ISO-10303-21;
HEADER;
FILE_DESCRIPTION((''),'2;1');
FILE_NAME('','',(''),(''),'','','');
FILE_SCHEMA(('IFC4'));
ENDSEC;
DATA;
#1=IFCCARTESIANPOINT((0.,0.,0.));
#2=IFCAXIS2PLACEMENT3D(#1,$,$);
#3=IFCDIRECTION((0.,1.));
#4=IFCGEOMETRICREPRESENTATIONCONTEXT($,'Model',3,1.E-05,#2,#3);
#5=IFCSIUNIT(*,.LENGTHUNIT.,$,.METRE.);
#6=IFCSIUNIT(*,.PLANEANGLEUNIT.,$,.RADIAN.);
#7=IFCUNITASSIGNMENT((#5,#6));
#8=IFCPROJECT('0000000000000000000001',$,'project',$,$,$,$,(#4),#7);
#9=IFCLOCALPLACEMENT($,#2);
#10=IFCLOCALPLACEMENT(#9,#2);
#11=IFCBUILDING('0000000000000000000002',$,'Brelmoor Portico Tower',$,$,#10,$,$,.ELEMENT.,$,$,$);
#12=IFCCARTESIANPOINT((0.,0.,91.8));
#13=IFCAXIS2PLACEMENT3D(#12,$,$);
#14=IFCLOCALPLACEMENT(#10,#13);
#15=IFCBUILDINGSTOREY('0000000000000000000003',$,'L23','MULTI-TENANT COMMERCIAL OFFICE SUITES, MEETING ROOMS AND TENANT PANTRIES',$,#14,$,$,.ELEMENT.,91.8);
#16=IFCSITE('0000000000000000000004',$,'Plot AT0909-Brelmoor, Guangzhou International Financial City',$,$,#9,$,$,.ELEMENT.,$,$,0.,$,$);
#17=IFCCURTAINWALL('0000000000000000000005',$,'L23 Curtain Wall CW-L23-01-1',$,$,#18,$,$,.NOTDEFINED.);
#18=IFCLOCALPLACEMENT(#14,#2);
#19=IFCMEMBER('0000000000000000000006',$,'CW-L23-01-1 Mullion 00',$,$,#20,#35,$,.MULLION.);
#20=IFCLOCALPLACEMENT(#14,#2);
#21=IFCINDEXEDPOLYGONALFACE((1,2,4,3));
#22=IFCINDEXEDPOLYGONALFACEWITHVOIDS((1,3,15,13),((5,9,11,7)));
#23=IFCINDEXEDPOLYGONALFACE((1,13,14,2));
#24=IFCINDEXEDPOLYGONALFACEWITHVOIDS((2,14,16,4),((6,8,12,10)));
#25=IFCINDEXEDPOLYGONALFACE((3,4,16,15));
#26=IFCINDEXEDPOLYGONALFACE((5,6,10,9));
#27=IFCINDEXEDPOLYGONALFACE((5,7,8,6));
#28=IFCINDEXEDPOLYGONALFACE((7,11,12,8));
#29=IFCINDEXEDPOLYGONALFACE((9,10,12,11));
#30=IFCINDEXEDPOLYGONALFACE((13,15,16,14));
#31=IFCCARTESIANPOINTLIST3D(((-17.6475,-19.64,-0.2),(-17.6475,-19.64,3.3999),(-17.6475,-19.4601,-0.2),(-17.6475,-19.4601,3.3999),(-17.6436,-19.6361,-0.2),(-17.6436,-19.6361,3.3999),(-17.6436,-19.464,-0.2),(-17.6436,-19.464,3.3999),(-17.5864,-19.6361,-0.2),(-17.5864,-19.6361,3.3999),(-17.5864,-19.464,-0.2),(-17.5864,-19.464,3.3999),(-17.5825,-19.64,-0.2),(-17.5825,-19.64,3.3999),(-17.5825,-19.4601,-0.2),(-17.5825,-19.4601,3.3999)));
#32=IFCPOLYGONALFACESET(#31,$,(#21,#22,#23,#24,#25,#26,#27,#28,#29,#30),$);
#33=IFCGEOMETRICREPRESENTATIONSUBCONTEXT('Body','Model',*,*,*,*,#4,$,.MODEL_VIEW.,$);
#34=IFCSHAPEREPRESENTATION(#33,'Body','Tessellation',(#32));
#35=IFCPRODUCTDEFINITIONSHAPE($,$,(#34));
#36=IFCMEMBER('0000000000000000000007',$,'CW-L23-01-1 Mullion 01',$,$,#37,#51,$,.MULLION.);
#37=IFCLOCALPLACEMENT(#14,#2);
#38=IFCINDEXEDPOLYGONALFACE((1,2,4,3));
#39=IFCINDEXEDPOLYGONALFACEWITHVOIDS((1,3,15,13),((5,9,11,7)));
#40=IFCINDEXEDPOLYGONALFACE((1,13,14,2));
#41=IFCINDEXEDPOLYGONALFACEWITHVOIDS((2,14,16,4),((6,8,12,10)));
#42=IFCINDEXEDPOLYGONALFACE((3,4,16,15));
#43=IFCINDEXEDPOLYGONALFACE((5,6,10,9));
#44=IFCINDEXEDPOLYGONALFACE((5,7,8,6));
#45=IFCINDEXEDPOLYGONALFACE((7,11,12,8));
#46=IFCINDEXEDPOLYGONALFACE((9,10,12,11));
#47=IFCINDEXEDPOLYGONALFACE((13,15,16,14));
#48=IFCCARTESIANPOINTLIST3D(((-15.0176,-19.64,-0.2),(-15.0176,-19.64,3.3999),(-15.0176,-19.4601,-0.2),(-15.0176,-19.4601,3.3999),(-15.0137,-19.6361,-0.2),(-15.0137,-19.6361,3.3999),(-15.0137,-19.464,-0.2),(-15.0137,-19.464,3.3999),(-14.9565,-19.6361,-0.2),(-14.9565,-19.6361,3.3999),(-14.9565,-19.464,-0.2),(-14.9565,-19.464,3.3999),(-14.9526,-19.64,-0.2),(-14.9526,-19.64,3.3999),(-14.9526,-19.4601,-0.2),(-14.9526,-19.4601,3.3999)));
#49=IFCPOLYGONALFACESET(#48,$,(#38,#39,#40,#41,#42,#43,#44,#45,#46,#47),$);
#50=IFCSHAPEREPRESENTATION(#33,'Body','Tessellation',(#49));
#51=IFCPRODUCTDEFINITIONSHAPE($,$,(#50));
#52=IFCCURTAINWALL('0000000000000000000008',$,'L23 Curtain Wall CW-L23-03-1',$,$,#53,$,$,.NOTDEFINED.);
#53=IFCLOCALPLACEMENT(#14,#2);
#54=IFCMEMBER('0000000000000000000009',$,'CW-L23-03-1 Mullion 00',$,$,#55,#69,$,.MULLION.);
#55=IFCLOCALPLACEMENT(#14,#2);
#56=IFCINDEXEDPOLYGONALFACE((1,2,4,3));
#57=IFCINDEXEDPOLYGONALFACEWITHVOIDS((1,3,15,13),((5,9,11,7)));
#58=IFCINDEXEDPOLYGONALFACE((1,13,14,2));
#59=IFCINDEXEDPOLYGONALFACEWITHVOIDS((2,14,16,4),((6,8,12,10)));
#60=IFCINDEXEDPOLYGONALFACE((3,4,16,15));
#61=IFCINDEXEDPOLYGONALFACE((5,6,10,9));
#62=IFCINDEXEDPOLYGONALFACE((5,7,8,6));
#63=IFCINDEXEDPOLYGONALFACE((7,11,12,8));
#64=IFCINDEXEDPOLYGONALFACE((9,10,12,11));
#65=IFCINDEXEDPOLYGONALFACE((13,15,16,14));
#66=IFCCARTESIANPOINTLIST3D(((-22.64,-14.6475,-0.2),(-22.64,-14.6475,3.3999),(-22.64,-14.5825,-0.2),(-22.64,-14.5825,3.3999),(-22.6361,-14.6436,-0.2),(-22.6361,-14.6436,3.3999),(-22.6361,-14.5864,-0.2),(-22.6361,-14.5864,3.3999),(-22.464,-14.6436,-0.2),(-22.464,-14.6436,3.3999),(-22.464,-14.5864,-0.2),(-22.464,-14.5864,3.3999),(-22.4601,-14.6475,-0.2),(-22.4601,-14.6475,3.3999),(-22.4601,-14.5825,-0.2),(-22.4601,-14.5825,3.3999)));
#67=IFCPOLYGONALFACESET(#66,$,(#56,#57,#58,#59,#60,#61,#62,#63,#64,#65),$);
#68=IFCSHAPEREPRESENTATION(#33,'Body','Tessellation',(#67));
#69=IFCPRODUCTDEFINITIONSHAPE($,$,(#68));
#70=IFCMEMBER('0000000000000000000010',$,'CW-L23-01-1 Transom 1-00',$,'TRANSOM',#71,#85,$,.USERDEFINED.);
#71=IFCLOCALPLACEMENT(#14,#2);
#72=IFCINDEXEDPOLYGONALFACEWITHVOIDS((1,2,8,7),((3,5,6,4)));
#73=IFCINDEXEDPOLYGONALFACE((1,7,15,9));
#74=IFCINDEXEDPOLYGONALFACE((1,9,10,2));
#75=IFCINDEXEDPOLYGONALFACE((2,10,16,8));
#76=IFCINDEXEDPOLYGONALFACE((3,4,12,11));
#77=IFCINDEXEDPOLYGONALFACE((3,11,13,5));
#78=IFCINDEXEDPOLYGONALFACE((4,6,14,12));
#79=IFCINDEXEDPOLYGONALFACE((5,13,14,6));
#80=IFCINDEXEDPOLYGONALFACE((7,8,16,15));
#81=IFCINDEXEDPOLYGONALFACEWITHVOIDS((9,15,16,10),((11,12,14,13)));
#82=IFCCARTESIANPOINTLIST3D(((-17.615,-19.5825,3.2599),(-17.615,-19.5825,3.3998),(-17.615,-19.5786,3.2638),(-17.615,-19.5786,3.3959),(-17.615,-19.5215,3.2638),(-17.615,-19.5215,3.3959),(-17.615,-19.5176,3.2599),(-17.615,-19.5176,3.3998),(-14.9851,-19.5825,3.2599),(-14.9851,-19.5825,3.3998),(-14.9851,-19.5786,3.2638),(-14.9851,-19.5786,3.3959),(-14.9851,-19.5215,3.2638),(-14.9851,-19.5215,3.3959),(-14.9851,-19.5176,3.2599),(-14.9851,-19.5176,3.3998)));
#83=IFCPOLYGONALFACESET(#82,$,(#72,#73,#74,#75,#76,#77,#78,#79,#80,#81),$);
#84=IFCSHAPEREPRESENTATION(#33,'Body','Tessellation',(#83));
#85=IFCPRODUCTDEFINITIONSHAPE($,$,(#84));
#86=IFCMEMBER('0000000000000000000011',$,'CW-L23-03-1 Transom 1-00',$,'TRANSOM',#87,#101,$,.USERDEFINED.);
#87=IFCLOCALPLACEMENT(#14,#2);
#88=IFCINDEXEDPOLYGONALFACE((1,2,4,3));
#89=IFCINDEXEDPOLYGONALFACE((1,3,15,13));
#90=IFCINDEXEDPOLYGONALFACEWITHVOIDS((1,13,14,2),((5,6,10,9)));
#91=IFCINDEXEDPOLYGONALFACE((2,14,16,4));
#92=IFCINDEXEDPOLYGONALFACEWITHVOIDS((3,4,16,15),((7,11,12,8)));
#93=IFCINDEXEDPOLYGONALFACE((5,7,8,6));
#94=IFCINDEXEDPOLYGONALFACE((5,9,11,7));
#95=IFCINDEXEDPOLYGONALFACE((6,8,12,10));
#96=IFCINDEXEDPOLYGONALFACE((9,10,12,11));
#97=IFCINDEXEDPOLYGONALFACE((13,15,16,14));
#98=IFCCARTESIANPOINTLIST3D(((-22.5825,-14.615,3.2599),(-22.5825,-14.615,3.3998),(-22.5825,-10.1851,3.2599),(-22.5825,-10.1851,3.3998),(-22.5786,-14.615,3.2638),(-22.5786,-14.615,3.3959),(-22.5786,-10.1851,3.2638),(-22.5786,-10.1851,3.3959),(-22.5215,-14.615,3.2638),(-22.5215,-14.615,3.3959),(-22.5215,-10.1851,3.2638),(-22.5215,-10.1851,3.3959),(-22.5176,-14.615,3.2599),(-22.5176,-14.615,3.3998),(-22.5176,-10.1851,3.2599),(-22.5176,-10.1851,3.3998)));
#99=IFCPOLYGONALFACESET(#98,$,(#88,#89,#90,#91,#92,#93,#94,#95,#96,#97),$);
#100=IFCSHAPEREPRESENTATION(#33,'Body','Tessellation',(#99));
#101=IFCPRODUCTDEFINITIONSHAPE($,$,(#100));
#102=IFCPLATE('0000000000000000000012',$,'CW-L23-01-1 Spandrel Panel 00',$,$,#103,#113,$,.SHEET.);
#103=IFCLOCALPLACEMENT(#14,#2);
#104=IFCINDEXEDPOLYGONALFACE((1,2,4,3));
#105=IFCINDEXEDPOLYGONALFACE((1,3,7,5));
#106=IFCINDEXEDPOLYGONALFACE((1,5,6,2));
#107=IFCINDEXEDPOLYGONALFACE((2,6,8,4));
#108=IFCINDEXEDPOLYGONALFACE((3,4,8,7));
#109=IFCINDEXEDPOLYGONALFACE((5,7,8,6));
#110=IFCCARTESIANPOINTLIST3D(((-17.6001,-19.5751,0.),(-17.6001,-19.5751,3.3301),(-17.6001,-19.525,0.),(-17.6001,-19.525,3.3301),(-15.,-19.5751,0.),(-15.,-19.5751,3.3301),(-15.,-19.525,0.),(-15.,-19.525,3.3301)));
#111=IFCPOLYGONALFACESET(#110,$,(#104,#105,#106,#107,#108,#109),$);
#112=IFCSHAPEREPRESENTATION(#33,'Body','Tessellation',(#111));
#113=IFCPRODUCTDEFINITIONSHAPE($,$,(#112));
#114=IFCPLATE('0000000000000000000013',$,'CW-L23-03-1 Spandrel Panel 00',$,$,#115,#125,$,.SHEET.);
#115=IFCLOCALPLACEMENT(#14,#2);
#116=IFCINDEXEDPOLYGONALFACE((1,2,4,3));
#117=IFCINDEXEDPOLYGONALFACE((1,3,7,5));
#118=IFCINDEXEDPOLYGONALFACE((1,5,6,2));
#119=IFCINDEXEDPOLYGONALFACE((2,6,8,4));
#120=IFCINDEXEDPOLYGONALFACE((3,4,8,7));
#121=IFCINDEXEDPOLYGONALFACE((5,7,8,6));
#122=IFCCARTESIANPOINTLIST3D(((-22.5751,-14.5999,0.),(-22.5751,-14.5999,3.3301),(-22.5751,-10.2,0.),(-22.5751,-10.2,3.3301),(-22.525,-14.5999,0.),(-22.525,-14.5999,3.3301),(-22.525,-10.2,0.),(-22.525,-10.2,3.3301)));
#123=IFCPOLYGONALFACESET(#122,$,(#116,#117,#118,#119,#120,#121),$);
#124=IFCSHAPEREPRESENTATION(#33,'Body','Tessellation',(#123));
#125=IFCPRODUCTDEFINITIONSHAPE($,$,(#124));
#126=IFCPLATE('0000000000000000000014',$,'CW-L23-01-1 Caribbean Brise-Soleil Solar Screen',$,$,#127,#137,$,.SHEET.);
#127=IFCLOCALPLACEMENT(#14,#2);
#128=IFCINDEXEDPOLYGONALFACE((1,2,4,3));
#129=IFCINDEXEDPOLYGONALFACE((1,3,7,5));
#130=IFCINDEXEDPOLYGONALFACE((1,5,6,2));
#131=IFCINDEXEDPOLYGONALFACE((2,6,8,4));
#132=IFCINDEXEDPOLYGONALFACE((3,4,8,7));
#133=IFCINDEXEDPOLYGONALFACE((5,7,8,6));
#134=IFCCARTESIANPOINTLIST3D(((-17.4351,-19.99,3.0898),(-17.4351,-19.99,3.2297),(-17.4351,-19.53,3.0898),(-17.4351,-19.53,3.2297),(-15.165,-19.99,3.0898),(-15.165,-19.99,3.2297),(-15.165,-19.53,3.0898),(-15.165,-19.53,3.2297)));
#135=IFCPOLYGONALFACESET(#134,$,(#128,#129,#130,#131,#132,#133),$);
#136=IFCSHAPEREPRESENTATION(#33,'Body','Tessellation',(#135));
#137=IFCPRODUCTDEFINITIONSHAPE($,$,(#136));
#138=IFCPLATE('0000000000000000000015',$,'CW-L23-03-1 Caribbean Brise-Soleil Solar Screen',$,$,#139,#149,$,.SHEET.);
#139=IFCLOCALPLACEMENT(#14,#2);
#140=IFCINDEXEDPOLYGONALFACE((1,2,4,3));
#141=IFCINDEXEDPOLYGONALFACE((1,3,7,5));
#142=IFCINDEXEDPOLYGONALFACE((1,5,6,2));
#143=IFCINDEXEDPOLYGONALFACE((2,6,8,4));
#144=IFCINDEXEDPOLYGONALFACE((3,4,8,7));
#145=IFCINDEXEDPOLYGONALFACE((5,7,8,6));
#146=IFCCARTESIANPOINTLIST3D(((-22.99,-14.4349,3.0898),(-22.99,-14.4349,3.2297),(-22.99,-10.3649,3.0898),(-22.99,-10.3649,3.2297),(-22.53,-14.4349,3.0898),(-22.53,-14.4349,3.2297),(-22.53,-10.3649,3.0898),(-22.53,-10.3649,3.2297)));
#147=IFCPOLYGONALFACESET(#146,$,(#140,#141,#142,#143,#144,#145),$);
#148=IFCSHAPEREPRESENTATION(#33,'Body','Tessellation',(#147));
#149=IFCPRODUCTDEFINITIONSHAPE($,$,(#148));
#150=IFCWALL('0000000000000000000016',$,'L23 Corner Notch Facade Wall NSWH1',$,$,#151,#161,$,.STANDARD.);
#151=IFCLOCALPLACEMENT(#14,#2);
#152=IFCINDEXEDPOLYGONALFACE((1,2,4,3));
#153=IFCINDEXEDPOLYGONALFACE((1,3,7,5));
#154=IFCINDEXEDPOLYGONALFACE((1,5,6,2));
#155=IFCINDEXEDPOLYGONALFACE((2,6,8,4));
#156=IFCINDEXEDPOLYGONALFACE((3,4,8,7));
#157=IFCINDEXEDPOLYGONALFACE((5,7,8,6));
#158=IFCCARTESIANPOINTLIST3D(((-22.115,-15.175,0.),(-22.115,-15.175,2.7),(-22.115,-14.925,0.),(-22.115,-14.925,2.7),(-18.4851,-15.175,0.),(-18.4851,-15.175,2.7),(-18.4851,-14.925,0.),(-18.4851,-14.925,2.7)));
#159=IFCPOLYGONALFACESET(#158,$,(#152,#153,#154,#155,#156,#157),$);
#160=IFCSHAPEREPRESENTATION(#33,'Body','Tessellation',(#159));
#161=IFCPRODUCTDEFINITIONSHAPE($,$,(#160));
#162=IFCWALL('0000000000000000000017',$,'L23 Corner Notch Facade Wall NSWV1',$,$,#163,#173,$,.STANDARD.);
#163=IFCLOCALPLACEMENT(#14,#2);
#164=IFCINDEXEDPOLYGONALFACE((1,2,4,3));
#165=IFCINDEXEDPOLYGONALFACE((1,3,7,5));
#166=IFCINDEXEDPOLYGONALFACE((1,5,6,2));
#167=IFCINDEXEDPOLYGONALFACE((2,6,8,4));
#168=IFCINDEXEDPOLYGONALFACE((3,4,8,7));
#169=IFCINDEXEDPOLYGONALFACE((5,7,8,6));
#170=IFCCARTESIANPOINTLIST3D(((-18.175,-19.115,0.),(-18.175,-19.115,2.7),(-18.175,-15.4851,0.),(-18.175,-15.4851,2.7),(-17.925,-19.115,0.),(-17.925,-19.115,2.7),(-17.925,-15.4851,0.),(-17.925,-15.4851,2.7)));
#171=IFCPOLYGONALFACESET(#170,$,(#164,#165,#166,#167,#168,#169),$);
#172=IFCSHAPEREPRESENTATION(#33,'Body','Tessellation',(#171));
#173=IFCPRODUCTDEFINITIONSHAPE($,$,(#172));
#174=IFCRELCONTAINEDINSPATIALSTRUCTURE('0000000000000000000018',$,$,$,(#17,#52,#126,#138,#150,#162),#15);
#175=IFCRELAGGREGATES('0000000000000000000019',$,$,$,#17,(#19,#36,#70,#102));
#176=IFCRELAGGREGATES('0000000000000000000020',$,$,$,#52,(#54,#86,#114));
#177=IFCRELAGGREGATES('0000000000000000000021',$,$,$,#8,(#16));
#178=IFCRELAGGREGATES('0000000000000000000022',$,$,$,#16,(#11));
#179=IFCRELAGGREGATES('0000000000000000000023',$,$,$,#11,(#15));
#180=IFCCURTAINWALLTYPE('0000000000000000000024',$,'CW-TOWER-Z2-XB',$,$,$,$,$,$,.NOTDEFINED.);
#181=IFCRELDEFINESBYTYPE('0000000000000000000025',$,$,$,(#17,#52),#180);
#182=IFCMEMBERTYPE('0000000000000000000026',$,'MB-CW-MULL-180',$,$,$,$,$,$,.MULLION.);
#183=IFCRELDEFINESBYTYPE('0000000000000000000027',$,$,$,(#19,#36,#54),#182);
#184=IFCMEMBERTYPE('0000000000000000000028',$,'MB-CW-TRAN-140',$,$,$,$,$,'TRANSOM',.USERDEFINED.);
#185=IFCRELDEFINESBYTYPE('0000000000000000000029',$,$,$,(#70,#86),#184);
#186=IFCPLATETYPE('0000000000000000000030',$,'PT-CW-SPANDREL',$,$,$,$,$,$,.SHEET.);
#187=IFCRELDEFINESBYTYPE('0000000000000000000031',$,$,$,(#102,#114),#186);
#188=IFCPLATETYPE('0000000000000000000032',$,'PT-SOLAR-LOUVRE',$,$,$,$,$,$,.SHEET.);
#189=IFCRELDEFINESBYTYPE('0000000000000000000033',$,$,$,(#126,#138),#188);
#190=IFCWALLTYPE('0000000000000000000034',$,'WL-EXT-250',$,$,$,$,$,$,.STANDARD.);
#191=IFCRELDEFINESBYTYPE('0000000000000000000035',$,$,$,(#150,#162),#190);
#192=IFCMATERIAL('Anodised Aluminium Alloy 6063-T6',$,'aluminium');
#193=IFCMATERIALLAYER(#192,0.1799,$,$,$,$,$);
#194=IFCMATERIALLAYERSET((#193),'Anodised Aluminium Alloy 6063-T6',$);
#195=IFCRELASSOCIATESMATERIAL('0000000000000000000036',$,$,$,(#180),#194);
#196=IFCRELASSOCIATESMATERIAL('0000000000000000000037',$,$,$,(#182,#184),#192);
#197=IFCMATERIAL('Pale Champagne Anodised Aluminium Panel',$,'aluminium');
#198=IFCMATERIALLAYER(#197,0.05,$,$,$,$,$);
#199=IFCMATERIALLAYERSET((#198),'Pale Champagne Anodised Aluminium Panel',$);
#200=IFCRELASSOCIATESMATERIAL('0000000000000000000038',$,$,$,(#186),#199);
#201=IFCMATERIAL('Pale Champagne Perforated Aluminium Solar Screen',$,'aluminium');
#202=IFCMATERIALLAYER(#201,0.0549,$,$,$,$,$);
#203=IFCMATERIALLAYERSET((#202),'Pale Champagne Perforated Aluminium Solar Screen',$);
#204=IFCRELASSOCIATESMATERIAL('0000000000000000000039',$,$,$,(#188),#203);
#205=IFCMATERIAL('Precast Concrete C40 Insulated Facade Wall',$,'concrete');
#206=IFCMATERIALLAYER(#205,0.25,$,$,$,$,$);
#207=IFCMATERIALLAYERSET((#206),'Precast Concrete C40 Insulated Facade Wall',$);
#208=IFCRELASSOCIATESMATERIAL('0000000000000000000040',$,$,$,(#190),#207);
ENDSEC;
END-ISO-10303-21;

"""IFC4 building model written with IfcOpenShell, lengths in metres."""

from ifc_helpers import new_model, si_unit, direction, frame, frame_2d, origin, origin_2d, place, context, subcontext, project, spatial, rectangle, hollow_rectangle, extrude, material, layer, layer_set, material_profile, profile_set, type_object, element, aggregate, save


model = new_model("IFC4")

# Units and contexts
model_context = context("Model", 3, precision=1e-05, world=origin(), true_north=direction((0.0, 1.0)))
body_context = subcontext(model_context, "Body", "Model", "MODEL_VIEW")
ifc_project = project(units=[si_unit("LENGTHUNIT", "METRE"), si_unit("PLANEANGLEUNIT", "RADIAN")], contexts=[model_context])

# Site, building, storey
site_placement = place(None, origin())
site = spatial("IfcSite", under=ifc_project, at=site_placement, Name="Plot AT0909-Brelmoor, Guangzhou International Financial City", CompositionType="ELEMENT", RefElevation=0.0)
building_placement = place(site_placement, origin())
building = spatial("IfcBuilding", under=site, at=building_placement, Name="Brelmoor Portico Tower", CompositionType="ELEMENT")
storey_placement = place(building_placement, frame((0.0, 0.0, 91.8)))
storey = spatial("IfcBuildingStorey", under=building, at=storey_placement, Name="L23", Description="MULTI-TENANT COMMERCIAL OFFICE SUITES, MEETING ROOMS AND TENANT PANTRIES", CompositionType="ELEMENT", Elevation=91.8)

# Curtain wall, members
ifc_material_1 = material(Name="Anodised Aluminium Alloy 6063-T6", Category="aluminium")
ifc_layer_1 = layer(ifc_material_1, 0.1799)
ifc_layer_set_1 = layer_set([ifc_layer_1], Name="Anodised Aluminium Alloy 6063-T6")
curtain_wall_type = type_object("IfcCurtainWallType", Name="CW-TOWER-Z2-XB", PredefinedType="NOTDEFINED", material=ifc_layer_set_1)
curtain_wall_1_placement = place(storey_placement, origin())
curtain_wall_1 = element("IfcCurtainWall", 1, at=curtain_wall_1_placement, inside=storey, type_object=curtain_wall_type, Name="L23 Curtain Wall CW-L23-01-1", PredefinedType="NOTDEFINED")
ifc_material_profile_1 = material_profile(ifc_material_1, hollow_rectangle(XDim=0.0649, YDim=0.1799, WallThickness=0.0039, at=origin_2d()), Name="ALU MULLION 65x180")
ifc_profile_set_1 = profile_set([ifc_material_profile_1], Name="Anodised Aluminium Alloy 6063-T6")
member_type_1 = type_object("IfcMemberType", Name="MB-CW-MULL-180", PredefinedType="MULLION", material=ifc_profile_set_1)
member_1_placement = place(storey_placement, frame((-17.615, -19.55, -0.2), z_axis=(0.0, 0.0, 1.0), x_axis=(1.0, 0.0, 0.0)))
member_1 = element("IfcMember", 2, at=member_1_placement, type_object=member_type_1, Name="CW-L23-01-1 Mullion 00", PredefinedType="MULLION", context=body_context, shape_type="SweptSolid", body=[
    extrude(hollow_rectangle(XDim=0.0649, YDim=0.1799, WallThickness=0.0039, at=origin_2d()), origin(), (0.0, 0.0, 1.0), 3.5999),
])
member_2_placement = place(storey_placement, frame((-14.9851, -19.55, -0.2), z_axis=(0.0, 0.0, 1.0), x_axis=(1.0, 0.0, 0.0)))
member_2 = element("IfcMember", 3, at=member_2_placement, type_object=member_type_1, Name="CW-L23-01-1 Mullion 01", PredefinedType="MULLION", context=body_context, shape_type="SweptSolid", body=[
    extrude(hollow_rectangle(XDim=0.0649, YDim=0.1799, WallThickness=0.0039, at=origin_2d()), origin(), (0.0, 0.0, 1.0), 3.5999),
])

# Curtain wall, member
curtain_wall_2_placement = place(storey_placement, origin())
curtain_wall_2 = element("IfcCurtainWall", 4, at=curtain_wall_2_placement, inside=storey, type_object=curtain_wall_type, Name="L23 Curtain Wall CW-L23-03-1", PredefinedType="NOTDEFINED")
member_3_placement = place(storey_placement, frame((-22.55, -14.615, -0.2), z_axis=(0.0, 0.0, 1.0), x_axis=(0.0, 1.0, 0.0)))
member_3 = element("IfcMember", 5, at=member_3_placement, type_object=member_type_1, Name="CW-L23-03-1 Mullion 00", PredefinedType="MULLION", context=body_context, shape_type="SweptSolid", body=[
    extrude(hollow_rectangle(XDim=0.0649, YDim=0.1799, WallThickness=0.0039, at=origin_2d()), origin(), (0.0, 0.0, 1.0), 3.5999),
])

# Members
ifc_material_profile_2 = material_profile(ifc_material_1, hollow_rectangle(XDim=0.0649, YDim=0.1399, WallThickness=0.0039, at=origin_2d()), Name="ALU TRANSOM 65x140")
ifc_profile_set_2 = profile_set([ifc_material_profile_2], Name="Anodised Aluminium Alloy 6063-T6")
member_type_2 = type_object("IfcMemberType", Name="MB-CW-TRAN-140", ElementType="TRANSOM", PredefinedType="USERDEFINED", material=ifc_profile_set_2)
member_4_placement = place(storey_placement, frame((-17.615, -19.55, 3.3298), z_axis=(1.0, 0.0, 0.0), x_axis=(0.0, 1.0, 0.0)))
member_4 = element("IfcMember", 6, at=member_4_placement, type_object=member_type_2, Name="CW-L23-01-1 Transom 1-00", ObjectType="TRANSOM", PredefinedType="USERDEFINED", context=body_context, shape_type="SweptSolid", body=[
    extrude(hollow_rectangle(XDim=0.0649, YDim=0.1399, WallThickness=0.0039, at=origin_2d()), origin(), (0.0, 0.0, 1.0), 2.6299),
])
member_5_placement = place(storey_placement, frame((-22.55, -14.615, 3.3298), z_axis=(0.0, 1.0, 0.0), x_axis=(-1.0, 0.0, 0.0)))
member_5 = element("IfcMember", 7, at=member_5_placement, type_object=member_type_2, Name="CW-L23-03-1 Transom 1-00", ObjectType="TRANSOM", PredefinedType="USERDEFINED", context=body_context, shape_type="SweptSolid", body=[
    extrude(hollow_rectangle(XDim=0.0649, YDim=0.1399, WallThickness=0.0039, at=origin_2d()), origin(), (0.0, 0.0, 1.0), 4.4299),
])

# Plates
ifc_material_2 = material(Name="Pale Champagne Anodised Aluminium Panel", Category="aluminium")
ifc_layer_2 = layer(ifc_material_2, 0.05)
ifc_layer_set_2 = layer_set([ifc_layer_2], Name="Pale Champagne Anodised Aluminium Panel")
plate_type_1 = type_object("IfcPlateType", Name="PT-CW-SPANDREL", PredefinedType="SHEET", material=ifc_layer_set_2)
plate_1_placement = place(storey_placement, frame((-16.3, -19.55, 0.0), z_axis=(0.0, 0.0, 1.0), x_axis=(1.0, 0.0, 0.0)))
plate_1 = element("IfcPlate", 8, at=plate_1_placement, type_object=plate_type_1, Name="CW-L23-01-1 Spandrel Panel 00", PredefinedType="SHEET", context=body_context, shape_type="SweptSolid", body=[
    extrude(rectangle(XDim=2.6001, YDim=0.05, at=origin_2d()), origin(), (0.0, 0.0, 1.0), 3.3301),
])
aggregate(curtain_wall_1, [member_1, member_2, member_4, plate_1])
plate_2_placement = place(storey_placement, frame((-22.55, -12.3999, 0.0), z_axis=(0.0, 0.0, 1.0), x_axis=(0.0, 1.0, 0.0)))
plate_2 = element("IfcPlate", 9, at=plate_2_placement, type_object=plate_type_1, Name="CW-L23-03-1 Spandrel Panel 00", PredefinedType="SHEET", context=body_context, shape_type="SweptSolid", body=[
    extrude(rectangle(XDim=4.3999, YDim=0.05, at=origin_2d()), origin(), (0.0, 0.0, 1.0), 3.3301),
])
aggregate(curtain_wall_2, [member_3, member_5, plate_2])

# Plates
ifc_material_3 = material(Name="Pale Champagne Perforated Aluminium Solar Screen", Category="aluminium")
ifc_layer_3 = layer(ifc_material_3, 0.0549)
ifc_layer_set_3 = layer_set([ifc_layer_3], Name="Pale Champagne Perforated Aluminium Solar Screen")
plate_type_2 = type_object("IfcPlateType", Name="PT-SOLAR-LOUVRE", PredefinedType="SHEET", material=ifc_layer_set_3)
plate_3_placement = place(storey_placement, frame((-16.3, -19.76, 3.0898), z_axis=(0.0, 0.0, 1.0), x_axis=(1.0, 0.0, 0.0)))
element("IfcPlate", 10, at=plate_3_placement, inside=storey, type_object=plate_type_2, Name="CW-L23-01-1 Caribbean Brise-Soleil Solar Screen", PredefinedType="SHEET", context=body_context, shape_type="SweptSolid", body=[
    extrude(rectangle(XDim=2.27, YDim=0.46, at=origin_2d()), origin(), (0.0, 0.0, 1.0), 0.1399),
])
plate_4_placement = place(storey_placement, frame((-22.76, -12.3999, 3.0898), z_axis=(0.0, 0.0, 1.0), x_axis=(0.0, 1.0, 0.0)))
element("IfcPlate", 11, at=plate_4_placement, inside=storey, type_object=plate_type_2, Name="CW-L23-03-1 Caribbean Brise-Soleil Solar Screen", PredefinedType="SHEET", context=body_context, shape_type="SweptSolid", body=[
    extrude(rectangle(XDim=4.0701, YDim=0.46, at=origin_2d()), origin(), (0.0, 0.0, 1.0), 0.1399),
])

# Walls
ifc_material_4 = material(Name="Precast Concrete C40 Insulated Facade Wall", Category="concrete")
ifc_layer_4 = layer(ifc_material_4, 0.25)
ifc_layer_set_4 = layer_set([ifc_layer_4], Name="Precast Concrete C40 Insulated Facade Wall")
wall_type = type_object("IfcWallType", Name="WL-EXT-250", PredefinedType="STANDARD", material=ifc_layer_set_4)
for number, where, z_axis, x_axis, name in (
    (12, (-22.115, -15.05, 0.0), (0.0, 0.0, 1.0), (1.0, 0.0, 0.0), "L23 Corner Notch Facade Wall NSWH1"),
    (13, (-18.05, -19.115, 0.0), (0.0, 0.0, 1.0), (0.0, 1.0, 0.0), "L23 Corner Notch Facade Wall NSWV1"),
):
    element("IfcWall", number, at=place(storey_placement, frame(where, z_axis=z_axis, x_axis=x_axis)), inside=storey, type_object=wall_type, Name=name, PredefinedType="STANDARD", context=body_context, shape_type="SweptSolid", body=[
        extrude(rectangle(XDim=3.6299, YDim=0.25, at=frame_2d((1.8149, 0.0))), origin(), (0.0, 0.0, 1.0), 2.7),
    ])

save(model, "model.ifc")
